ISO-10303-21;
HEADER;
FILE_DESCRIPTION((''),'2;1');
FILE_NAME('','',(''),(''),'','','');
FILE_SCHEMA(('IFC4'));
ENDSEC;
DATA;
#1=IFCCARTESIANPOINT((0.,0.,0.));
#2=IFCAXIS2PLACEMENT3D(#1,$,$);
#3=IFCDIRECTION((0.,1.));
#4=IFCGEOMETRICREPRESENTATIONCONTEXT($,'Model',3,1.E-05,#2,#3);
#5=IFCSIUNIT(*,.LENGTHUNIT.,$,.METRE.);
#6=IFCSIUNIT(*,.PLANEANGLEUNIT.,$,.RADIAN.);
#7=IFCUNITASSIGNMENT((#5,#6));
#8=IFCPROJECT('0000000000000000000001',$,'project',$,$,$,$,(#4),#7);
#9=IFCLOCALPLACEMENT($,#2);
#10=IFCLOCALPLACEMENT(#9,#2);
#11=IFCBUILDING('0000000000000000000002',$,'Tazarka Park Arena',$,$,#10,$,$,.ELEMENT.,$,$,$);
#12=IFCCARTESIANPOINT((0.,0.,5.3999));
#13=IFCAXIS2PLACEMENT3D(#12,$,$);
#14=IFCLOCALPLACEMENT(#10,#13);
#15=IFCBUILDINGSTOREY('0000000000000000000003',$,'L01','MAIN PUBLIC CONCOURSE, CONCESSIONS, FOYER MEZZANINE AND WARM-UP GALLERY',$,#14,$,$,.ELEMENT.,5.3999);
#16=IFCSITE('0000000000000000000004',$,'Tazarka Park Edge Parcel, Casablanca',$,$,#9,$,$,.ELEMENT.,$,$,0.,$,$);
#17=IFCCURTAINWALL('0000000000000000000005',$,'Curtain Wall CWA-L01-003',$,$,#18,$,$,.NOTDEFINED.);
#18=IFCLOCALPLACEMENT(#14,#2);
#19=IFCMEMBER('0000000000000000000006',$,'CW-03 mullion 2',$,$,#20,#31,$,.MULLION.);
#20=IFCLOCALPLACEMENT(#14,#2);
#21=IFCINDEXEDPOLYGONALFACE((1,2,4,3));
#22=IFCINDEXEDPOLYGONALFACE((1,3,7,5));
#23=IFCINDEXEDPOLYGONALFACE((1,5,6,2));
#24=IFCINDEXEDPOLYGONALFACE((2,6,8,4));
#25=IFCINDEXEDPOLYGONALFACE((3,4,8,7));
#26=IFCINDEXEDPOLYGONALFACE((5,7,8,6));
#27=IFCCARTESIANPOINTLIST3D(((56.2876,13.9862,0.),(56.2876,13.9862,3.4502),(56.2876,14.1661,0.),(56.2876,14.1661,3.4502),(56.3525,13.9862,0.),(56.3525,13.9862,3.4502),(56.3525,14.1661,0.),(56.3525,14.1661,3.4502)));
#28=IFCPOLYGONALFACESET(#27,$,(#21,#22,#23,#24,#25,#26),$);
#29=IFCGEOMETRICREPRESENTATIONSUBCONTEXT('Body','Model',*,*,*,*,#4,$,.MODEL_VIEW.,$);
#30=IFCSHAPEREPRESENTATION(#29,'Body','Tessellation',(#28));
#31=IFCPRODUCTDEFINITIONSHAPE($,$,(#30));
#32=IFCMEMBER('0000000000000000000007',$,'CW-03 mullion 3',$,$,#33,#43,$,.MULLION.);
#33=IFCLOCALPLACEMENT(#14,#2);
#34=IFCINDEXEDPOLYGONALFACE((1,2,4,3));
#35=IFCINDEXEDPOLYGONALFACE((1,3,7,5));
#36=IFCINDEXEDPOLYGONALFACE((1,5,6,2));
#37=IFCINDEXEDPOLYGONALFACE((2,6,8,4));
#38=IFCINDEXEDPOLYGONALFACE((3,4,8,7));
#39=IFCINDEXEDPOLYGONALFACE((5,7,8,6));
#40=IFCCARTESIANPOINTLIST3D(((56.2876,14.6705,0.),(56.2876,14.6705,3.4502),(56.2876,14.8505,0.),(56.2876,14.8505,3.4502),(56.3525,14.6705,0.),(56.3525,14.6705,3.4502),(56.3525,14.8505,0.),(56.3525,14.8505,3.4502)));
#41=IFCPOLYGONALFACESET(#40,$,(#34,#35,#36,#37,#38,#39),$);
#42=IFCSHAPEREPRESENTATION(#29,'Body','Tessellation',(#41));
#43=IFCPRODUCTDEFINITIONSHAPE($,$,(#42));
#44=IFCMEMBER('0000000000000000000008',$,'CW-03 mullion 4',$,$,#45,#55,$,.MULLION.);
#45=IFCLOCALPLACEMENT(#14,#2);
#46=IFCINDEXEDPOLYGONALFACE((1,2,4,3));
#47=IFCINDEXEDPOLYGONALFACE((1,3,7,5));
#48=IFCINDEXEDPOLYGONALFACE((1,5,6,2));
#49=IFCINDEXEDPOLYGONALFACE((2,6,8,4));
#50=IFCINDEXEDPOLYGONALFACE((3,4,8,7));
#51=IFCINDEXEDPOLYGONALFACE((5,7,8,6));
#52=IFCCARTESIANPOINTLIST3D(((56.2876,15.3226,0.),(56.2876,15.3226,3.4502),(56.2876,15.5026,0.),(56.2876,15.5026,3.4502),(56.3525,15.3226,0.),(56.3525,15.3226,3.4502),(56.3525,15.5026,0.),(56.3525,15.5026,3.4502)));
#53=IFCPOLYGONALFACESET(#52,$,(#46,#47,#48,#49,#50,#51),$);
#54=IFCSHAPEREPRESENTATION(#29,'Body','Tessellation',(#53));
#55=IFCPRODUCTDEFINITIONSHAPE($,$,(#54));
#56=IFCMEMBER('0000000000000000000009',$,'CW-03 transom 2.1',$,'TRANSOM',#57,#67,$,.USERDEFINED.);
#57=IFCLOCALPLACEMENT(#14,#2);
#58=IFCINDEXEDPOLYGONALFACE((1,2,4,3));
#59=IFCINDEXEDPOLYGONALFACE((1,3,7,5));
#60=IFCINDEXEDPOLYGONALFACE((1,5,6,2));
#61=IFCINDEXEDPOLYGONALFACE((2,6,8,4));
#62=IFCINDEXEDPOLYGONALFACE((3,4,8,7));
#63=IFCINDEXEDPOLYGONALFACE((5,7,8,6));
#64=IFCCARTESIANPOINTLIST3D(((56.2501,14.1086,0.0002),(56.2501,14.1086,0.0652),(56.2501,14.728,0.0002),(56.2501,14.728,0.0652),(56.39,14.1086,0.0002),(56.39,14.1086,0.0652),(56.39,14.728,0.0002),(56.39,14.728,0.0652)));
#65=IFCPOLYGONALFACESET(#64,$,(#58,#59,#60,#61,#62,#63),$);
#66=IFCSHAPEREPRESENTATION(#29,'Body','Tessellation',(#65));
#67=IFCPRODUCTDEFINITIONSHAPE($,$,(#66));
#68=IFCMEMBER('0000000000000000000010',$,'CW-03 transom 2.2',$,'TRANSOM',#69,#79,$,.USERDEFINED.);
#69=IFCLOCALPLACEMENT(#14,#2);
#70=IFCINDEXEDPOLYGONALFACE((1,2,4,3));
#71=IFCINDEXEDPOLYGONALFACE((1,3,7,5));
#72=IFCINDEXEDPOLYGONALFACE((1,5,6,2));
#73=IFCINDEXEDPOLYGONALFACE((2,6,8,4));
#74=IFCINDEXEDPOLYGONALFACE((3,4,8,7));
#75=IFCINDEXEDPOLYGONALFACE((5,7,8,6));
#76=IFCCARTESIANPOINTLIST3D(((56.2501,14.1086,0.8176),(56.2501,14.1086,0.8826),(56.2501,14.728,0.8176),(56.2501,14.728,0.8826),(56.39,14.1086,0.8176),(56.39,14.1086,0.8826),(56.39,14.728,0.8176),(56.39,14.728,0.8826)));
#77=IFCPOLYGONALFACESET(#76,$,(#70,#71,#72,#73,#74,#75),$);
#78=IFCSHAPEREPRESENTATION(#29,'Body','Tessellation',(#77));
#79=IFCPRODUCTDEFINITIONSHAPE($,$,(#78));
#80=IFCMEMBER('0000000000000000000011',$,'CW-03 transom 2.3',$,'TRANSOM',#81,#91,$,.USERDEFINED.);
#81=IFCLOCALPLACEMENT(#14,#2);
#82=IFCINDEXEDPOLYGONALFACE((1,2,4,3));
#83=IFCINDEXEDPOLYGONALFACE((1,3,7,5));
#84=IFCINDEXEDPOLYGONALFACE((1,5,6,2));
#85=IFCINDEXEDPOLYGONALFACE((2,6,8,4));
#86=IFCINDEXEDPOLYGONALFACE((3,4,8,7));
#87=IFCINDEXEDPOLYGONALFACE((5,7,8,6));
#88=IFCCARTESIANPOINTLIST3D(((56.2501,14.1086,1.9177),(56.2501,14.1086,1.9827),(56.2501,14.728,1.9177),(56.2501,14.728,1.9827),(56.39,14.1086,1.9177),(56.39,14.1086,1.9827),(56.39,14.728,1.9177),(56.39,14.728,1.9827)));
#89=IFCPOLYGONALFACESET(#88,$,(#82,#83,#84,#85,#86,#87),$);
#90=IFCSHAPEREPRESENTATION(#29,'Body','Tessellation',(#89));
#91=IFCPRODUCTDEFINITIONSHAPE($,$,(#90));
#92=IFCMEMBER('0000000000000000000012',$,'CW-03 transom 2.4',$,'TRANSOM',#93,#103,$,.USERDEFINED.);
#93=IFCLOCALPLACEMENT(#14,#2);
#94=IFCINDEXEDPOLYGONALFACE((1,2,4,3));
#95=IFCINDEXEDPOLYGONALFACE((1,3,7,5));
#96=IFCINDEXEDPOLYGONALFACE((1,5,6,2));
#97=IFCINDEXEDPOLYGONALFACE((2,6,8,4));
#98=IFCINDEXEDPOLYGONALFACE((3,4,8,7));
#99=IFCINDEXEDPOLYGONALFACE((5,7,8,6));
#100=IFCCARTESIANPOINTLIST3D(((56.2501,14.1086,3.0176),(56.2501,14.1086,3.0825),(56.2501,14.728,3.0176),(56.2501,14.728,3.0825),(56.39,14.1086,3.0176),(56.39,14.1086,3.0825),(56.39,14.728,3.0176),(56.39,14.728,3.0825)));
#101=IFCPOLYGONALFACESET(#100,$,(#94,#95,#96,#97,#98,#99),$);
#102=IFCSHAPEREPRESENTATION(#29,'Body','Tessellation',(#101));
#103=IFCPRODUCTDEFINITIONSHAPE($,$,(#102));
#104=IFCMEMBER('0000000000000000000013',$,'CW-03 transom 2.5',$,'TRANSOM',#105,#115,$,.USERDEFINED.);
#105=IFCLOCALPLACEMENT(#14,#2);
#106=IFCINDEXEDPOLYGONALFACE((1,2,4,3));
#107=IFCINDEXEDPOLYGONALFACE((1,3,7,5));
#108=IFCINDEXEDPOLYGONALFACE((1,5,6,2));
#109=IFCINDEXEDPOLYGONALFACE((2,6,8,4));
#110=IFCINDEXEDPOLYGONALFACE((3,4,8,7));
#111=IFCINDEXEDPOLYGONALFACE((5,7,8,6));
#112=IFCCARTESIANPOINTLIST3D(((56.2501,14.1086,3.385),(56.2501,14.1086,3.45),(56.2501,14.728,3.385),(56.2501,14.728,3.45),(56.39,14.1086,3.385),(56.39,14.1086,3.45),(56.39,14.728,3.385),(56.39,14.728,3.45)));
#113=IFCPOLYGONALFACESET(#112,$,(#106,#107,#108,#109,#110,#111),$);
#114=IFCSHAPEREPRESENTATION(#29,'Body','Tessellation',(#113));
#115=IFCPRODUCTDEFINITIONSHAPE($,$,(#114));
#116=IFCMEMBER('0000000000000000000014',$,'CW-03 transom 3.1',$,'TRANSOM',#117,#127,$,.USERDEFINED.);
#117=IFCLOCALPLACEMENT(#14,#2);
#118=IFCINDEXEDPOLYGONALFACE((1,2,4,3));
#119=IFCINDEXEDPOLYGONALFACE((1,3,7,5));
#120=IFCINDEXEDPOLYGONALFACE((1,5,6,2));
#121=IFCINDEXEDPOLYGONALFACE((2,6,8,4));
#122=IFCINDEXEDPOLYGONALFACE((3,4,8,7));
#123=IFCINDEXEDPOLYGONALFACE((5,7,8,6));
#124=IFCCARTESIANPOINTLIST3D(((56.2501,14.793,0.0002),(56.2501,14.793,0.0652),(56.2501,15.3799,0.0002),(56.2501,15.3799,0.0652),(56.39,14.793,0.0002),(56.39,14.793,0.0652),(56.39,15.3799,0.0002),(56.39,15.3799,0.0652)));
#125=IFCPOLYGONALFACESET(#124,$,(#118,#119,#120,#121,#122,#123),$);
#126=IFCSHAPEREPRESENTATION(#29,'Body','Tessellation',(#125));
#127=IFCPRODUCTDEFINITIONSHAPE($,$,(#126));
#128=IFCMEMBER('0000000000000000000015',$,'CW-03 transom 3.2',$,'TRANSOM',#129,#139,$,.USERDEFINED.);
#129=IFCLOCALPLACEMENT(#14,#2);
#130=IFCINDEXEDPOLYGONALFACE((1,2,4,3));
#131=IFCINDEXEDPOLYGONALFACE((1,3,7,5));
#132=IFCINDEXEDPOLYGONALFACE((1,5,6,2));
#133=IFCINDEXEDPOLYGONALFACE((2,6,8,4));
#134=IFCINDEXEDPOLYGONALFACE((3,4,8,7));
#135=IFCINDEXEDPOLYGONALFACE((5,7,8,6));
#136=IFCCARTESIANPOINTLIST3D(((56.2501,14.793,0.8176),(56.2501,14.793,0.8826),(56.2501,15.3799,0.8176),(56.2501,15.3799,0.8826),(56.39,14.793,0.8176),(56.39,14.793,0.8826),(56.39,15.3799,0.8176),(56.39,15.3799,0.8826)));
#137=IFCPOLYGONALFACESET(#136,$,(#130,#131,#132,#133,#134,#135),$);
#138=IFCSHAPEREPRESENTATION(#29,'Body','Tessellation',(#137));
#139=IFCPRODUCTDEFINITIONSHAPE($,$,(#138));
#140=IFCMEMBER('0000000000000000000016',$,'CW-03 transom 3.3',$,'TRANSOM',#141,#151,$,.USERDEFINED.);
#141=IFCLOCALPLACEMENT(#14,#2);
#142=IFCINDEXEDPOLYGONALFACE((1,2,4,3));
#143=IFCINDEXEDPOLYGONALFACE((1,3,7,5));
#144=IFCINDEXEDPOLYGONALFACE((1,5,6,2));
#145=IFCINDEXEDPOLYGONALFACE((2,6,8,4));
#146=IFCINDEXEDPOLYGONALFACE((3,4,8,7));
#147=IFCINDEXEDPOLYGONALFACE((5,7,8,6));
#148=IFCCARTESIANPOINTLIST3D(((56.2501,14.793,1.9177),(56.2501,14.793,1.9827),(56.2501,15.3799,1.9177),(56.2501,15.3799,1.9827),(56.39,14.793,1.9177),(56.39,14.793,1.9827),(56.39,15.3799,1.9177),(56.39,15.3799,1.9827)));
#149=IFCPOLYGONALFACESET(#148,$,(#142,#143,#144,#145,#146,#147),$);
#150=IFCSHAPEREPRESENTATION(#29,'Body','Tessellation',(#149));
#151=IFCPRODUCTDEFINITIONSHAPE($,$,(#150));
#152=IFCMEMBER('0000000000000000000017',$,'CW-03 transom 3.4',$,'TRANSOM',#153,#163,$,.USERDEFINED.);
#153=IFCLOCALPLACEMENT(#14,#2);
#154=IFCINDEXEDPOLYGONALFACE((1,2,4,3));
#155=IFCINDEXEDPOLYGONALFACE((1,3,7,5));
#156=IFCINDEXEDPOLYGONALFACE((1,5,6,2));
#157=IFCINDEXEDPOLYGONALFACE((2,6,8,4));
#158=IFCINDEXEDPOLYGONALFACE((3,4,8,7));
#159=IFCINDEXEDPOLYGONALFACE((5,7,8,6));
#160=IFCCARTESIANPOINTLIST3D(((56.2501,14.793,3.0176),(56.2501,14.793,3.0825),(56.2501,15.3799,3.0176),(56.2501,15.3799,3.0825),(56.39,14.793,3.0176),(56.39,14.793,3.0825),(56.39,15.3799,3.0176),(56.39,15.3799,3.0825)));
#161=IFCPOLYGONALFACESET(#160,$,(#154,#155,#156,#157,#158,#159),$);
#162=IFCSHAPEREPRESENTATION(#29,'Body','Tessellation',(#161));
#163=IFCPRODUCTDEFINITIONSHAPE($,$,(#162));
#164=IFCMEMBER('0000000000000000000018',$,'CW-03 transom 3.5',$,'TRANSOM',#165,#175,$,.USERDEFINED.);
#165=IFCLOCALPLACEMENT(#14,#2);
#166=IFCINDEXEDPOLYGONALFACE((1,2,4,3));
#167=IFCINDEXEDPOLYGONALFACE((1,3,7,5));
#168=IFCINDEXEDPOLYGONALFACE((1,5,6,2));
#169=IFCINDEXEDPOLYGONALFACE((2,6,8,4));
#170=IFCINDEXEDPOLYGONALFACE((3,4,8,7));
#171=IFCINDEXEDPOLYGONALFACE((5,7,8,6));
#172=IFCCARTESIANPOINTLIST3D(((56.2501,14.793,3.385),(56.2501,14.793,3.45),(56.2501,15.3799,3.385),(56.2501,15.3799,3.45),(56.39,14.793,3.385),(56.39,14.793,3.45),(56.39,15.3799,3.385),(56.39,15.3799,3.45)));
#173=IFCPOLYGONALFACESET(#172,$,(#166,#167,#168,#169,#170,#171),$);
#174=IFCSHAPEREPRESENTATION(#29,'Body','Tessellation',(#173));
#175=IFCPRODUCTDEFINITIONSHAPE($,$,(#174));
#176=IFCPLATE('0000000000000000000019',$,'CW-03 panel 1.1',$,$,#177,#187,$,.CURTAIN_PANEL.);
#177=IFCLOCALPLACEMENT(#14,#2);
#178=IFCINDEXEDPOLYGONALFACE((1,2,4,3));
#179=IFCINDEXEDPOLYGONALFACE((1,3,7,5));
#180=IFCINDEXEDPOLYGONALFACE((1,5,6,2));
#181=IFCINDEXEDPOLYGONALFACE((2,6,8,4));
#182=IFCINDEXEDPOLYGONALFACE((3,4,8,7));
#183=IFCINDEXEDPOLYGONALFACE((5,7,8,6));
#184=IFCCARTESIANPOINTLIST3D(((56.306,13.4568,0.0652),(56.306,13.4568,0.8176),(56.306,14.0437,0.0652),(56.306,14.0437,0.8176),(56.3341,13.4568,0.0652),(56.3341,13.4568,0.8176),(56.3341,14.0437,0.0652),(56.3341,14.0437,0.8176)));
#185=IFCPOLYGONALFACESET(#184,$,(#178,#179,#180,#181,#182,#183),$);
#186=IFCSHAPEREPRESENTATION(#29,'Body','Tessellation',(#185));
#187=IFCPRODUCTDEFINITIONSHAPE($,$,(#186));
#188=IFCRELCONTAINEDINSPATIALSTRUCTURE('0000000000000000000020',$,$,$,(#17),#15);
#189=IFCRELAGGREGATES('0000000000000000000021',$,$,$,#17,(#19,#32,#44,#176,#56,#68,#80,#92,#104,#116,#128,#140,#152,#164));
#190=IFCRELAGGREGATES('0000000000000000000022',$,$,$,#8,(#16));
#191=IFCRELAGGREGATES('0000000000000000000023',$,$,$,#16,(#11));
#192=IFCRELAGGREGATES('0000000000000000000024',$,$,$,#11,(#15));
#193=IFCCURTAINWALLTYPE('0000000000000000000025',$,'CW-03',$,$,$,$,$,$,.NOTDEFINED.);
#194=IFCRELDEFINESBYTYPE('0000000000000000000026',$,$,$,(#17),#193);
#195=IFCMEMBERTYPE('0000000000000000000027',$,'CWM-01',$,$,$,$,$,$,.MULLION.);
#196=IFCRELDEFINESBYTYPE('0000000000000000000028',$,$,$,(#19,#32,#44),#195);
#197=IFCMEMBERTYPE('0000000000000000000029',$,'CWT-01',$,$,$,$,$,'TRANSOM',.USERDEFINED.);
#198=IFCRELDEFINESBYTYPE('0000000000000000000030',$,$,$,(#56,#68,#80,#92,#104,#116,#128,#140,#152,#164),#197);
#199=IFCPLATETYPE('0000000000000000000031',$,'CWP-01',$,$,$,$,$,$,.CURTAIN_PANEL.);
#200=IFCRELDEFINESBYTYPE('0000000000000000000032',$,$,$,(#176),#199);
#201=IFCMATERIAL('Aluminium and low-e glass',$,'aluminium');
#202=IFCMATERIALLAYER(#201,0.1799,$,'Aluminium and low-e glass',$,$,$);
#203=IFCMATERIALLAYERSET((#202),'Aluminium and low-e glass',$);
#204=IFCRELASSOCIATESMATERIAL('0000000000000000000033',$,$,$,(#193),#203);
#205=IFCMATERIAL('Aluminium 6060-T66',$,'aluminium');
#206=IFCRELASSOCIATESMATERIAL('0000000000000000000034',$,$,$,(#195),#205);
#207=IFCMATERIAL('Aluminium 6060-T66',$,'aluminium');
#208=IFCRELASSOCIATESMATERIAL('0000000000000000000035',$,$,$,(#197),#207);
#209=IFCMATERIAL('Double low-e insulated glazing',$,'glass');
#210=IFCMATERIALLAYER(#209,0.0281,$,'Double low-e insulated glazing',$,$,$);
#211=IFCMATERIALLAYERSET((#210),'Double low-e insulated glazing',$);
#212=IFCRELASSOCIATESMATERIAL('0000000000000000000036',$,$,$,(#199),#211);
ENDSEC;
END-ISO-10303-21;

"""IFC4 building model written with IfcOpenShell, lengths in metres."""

from ifc_helpers import new_model, si_unit, direction, frame, origin, origin_2d, place, context, subcontext, project, spatial, rectangle, extrude, material, layer, layer_set, material_profile, profile_set, type_object, element, aggregate, save


model = new_model("IFC4")

# Units and contexts
model_context = context("Model", 3, precision=1e-05, world=origin(), true_north=direction((0.0, 1.0)))
body_context = subcontext(model_context, "Body", "Model", "MODEL_VIEW")
ifc_project = project(units=[si_unit("LENGTHUNIT", "METRE"), si_unit("PLANEANGLEUNIT", "RADIAN")], contexts=[model_context])

# Site, building, storey
site_placement = place(None, origin())
site = spatial("IfcSite", under=ifc_project, at=site_placement, Name="Tazarka Park Edge Parcel, Casablanca", CompositionType="ELEMENT", RefElevation=0.0)
building_placement = place(site_placement, origin())
building = spatial("IfcBuilding", under=site, at=building_placement, Name="Tazarka Park Arena", CompositionType="ELEMENT")
storey_placement = place(building_placement, frame((0.0, 0.0, 5.3999)))
storey = spatial("IfcBuildingStorey", under=building, at=storey_placement, Name="L01", Description="MAIN PUBLIC CONCOURSE, CONCESSIONS, FOYER MEZZANINE AND WARM-UP GALLERY", CompositionType="ELEMENT", Elevation=5.3999)

# Curtain wall, members, plate
ifc_material_1 = material(Name="Aluminium and low-e glass", Category="aluminium")
ifc_layer_1 = layer(ifc_material_1, 0.1799, Name="Aluminium and low-e glass")
ifc_layer_set_1 = layer_set([ifc_layer_1], Name="Aluminium and low-e glass")
curtain_wall_type = type_object("IfcCurtainWallType", Name="CW-03", PredefinedType="NOTDEFINED", material=ifc_layer_set_1)
curtain_wall_placement = place(storey_placement, origin())
curtain_wall = element("IfcCurtainWall", 1, at=curtain_wall_placement, inside=storey, type_object=curtain_wall_type, Name="Curtain Wall CWA-L01-003", PredefinedType="NOTDEFINED")
ifc_material_2 = material(Name="Aluminium 6060-T66", Category="aluminium")
ifc_material_profile_1 = material_profile(ifc_material_2, rectangle(XDim=0.0649, YDim=0.1799, at=origin_2d()), Name="Aluminium 6060-T66")
ifc_profile_set_1 = profile_set([ifc_material_profile_1], Name="Aluminium 6060-T66")
member_type_1 = type_object("IfcMemberType", Name="CWM-01", PredefinedType="MULLION", material=ifc_profile_set_1)
member_1_placement = place(storey_placement, frame((56.3201, 14.0762, 0.0), z_axis=(0.0, 0.0, 1.0), x_axis=(-1.0, 0.0, 0.0)))
member_1 = element("IfcMember", 2, at=member_1_placement, type_object=member_type_1, Name="CW-03 mullion 2", PredefinedType="MULLION", context=body_context, shape_type="SweptSolid", body=[
    extrude(rectangle(XDim=0.0649, YDim=0.1799, at=origin_2d()), origin(), (0.0, 0.0, 1.0), 3.4502),
])
member_2_placement = place(storey_placement, frame((56.3201, 14.7605, 0.0), z_axis=(0.0, 0.0, 1.0), x_axis=(-1.0, 0.0, 0.0)))
member_2 = element("IfcMember", 3, at=member_2_placement, type_object=member_type_1, Name="CW-03 mullion 3", PredefinedType="MULLION", context=body_context, shape_type="SweptSolid", body=[
    extrude(rectangle(XDim=0.0649, YDim=0.1799, at=origin_2d()), origin(), (0.0, 0.0, 1.0), 3.4502),
])
member_3_placement = place(storey_placement, frame((56.3201, 15.4126, 0.0), z_axis=(0.0, 0.0, 1.0), x_axis=(-1.0, 0.0, 0.0)))
member_3 = element("IfcMember", 4, at=member_3_placement, type_object=member_type_1, Name="CW-03 mullion 4", PredefinedType="MULLION", context=body_context, shape_type="SweptSolid", body=[
    extrude(rectangle(XDim=0.0649, YDim=0.1799, at=origin_2d()), origin(), (0.0, 0.0, 1.0), 3.4502),
])
ifc_material_3 = material(Name="Aluminium 6060-T66", Category="aluminium")
ifc_material_profile_2 = material_profile(ifc_material_3, rectangle(XDim=0.1399, YDim=0.0649, at=origin_2d()), Name="Aluminium 6060-T66")
ifc_profile_set_2 = profile_set([ifc_material_profile_2], Name="Aluminium 6060-T66")
member_type_2 = type_object("IfcMemberType", Name="CWT-01", ElementType="TRANSOM", PredefinedType="USERDEFINED", material=ifc_profile_set_2)
member_4_placement = place(storey_placement, frame((56.3201, 14.1086, 0.0327), z_axis=(0.0, 1.0, 0.0), x_axis=(-1.0, 0.0, 0.0)))
member_4 = element("IfcMember", 5, at=member_4_placement, type_object=member_type_2, Name="CW-03 transom 2.1", ObjectType="TRANSOM", PredefinedType="USERDEFINED", context=body_context, shape_type="SweptSolid", body=[
    extrude(rectangle(XDim=0.1399, YDim=0.0649, at=origin_2d()), origin(), (0.0, 0.0, 1.0), 0.6194),
])
member_5_placement = place(storey_placement, frame((56.3201, 14.1086, 0.8501), z_axis=(0.0, 1.0, 0.0), x_axis=(-1.0, 0.0, 0.0)))
member_5 = element("IfcMember", 6, at=member_5_placement, type_object=member_type_2, Name="CW-03 transom 2.2", ObjectType="TRANSOM", PredefinedType="USERDEFINED", context=body_context, shape_type="SweptSolid", body=[
    extrude(rectangle(XDim=0.1399, YDim=0.0649, at=origin_2d()), origin(), (0.0, 0.0, 1.0), 0.6194),
])
member_6_placement = place(storey_placement, frame((56.3201, 14.1086, 1.9502), z_axis=(0.0, 1.0, 0.0), x_axis=(-1.0, 0.0, 0.0)))
member_6 = element("IfcMember", 7, at=member_6_placement, type_object=member_type_2, Name="CW-03 transom 2.3", ObjectType="TRANSOM", PredefinedType="USERDEFINED", context=body_context, shape_type="SweptSolid", body=[
    extrude(rectangle(XDim=0.1399, YDim=0.0649, at=origin_2d()), origin(), (0.0, 0.0, 1.0), 0.6194),
])
member_7_placement = place(storey_placement, frame((56.3201, 14.1086, 3.05), z_axis=(0.0, 1.0, 0.0), x_axis=(-1.0, 0.0, 0.0)))
member_7 = element("IfcMember", 8, at=member_7_placement, type_object=member_type_2, Name="CW-03 transom 2.4", ObjectType="TRANSOM", PredefinedType="USERDEFINED", context=body_context, shape_type="SweptSolid", body=[
    extrude(rectangle(XDim=0.1399, YDim=0.0649, at=origin_2d()), origin(), (0.0, 0.0, 1.0), 0.6194),
])
member_8_placement = place(storey_placement, frame((56.3201, 14.1086, 3.4175), z_axis=(0.0, 1.0, 0.0), x_axis=(-1.0, 0.0, 0.0)))
member_8 = element("IfcMember", 9, at=member_8_placement, type_object=member_type_2, Name="CW-03 transom 2.5", ObjectType="TRANSOM", PredefinedType="USERDEFINED", context=body_context, shape_type="SweptSolid", body=[
    extrude(rectangle(XDim=0.1399, YDim=0.0649, at=origin_2d()), origin(), (0.0, 0.0, 1.0), 0.6194),
])
member_9_placement = place(storey_placement, frame((56.3201, 14.793, 0.0327), z_axis=(0.0, 1.0, 0.0), x_axis=(-1.0, 0.0, 0.0)))
member_9 = element("IfcMember", 10, at=member_9_placement, type_object=member_type_2, Name="CW-03 transom 3.1", ObjectType="TRANSOM", PredefinedType="USERDEFINED", context=body_context, shape_type="SweptSolid", body=[
    extrude(rectangle(XDim=0.1399, YDim=0.0649, at=origin_2d()), origin(), (0.0, 0.0, 1.0), 0.5869),
])
member_10_placement = place(storey_placement, frame((56.3201, 14.793, 0.8501), z_axis=(0.0, 1.0, 0.0), x_axis=(-1.0, 0.0, 0.0)))
member_10 = element("IfcMember", 11, at=member_10_placement, type_object=member_type_2, Name="CW-03 transom 3.2", ObjectType="TRANSOM", PredefinedType="USERDEFINED", context=body_context, shape_type="SweptSolid", body=[
    extrude(rectangle(XDim=0.1399, YDim=0.0649, at=origin_2d()), origin(), (0.0, 0.0, 1.0), 0.5869),
])
member_11_placement = place(storey_placement, frame((56.3201, 14.793, 1.9502), z_axis=(0.0, 1.0, 0.0), x_axis=(-1.0, 0.0, 0.0)))
member_11 = element("IfcMember", 12, at=member_11_placement, type_object=member_type_2, Name="CW-03 transom 3.3", ObjectType="TRANSOM", PredefinedType="USERDEFINED", context=body_context, shape_type="SweptSolid", body=[
    extrude(rectangle(XDim=0.1399, YDim=0.0649, at=origin_2d()), origin(), (0.0, 0.0, 1.0), 0.5869),
])
member_12_placement = place(storey_placement, frame((56.3201, 14.793, 3.05), z_axis=(0.0, 1.0, 0.0), x_axis=(-1.0, 0.0, 0.0)))
member_12 = element("IfcMember", 13, at=member_12_placement, type_object=member_type_2, Name="CW-03 transom 3.4", ObjectType="TRANSOM", PredefinedType="USERDEFINED", context=body_context, shape_type="SweptSolid", body=[
    extrude(rectangle(XDim=0.1399, YDim=0.0649, at=origin_2d()), origin(), (0.0, 0.0, 1.0), 0.5869),
])
member_13_placement = place(storey_placement, frame((56.3201, 14.793, 3.4175), z_axis=(0.0, 1.0, 0.0), x_axis=(-1.0, 0.0, 0.0)))
member_13 = element("IfcMember", 14, at=member_13_placement, type_object=member_type_2, Name="CW-03 transom 3.5", ObjectType="TRANSOM", PredefinedType="USERDEFINED", context=body_context, shape_type="SweptSolid", body=[
    extrude(rectangle(XDim=0.1399, YDim=0.0649, at=origin_2d()), origin(), (0.0, 0.0, 1.0), 0.5869),
])
ifc_material_4 = material(Name="Double low-e insulated glazing", Category="glass")
ifc_layer_2 = layer(ifc_material_4, 0.0281, Name="Double low-e insulated glazing")
ifc_layer_set_2 = layer_set([ifc_layer_2], Name="Double low-e insulated glazing")
plate_type = type_object("IfcPlateType", Name="CWP-01", PredefinedType="CURTAIN_PANEL", material=ifc_layer_set_2)
plate_1_placement = place(storey_placement, frame((56.3201, 13.7502, 0.0652), z_axis=(0.0, 0.0, 1.0), x_axis=(0.0, 1.0, 0.0)))
plate_1 = element("IfcPlate", 15, at=plate_1_placement, type_object=plate_type, Name="CW-03 panel 1.1", PredefinedType="CURTAIN_PANEL", context=body_context, shape_type="SweptSolid", body=[
    extrude(rectangle(XDim=0.5869, YDim=0.0281, at=origin_2d()), origin(), (0.0, 0.0, 1.0), 0.7524),
])
aggregate(curtain_wall, [member_1, member_2, member_3, plate_1, member_4, member_5, member_6, member_7, member_8, member_9, member_10, member_11, member_12, member_13])

save(model, "model.ifc")
